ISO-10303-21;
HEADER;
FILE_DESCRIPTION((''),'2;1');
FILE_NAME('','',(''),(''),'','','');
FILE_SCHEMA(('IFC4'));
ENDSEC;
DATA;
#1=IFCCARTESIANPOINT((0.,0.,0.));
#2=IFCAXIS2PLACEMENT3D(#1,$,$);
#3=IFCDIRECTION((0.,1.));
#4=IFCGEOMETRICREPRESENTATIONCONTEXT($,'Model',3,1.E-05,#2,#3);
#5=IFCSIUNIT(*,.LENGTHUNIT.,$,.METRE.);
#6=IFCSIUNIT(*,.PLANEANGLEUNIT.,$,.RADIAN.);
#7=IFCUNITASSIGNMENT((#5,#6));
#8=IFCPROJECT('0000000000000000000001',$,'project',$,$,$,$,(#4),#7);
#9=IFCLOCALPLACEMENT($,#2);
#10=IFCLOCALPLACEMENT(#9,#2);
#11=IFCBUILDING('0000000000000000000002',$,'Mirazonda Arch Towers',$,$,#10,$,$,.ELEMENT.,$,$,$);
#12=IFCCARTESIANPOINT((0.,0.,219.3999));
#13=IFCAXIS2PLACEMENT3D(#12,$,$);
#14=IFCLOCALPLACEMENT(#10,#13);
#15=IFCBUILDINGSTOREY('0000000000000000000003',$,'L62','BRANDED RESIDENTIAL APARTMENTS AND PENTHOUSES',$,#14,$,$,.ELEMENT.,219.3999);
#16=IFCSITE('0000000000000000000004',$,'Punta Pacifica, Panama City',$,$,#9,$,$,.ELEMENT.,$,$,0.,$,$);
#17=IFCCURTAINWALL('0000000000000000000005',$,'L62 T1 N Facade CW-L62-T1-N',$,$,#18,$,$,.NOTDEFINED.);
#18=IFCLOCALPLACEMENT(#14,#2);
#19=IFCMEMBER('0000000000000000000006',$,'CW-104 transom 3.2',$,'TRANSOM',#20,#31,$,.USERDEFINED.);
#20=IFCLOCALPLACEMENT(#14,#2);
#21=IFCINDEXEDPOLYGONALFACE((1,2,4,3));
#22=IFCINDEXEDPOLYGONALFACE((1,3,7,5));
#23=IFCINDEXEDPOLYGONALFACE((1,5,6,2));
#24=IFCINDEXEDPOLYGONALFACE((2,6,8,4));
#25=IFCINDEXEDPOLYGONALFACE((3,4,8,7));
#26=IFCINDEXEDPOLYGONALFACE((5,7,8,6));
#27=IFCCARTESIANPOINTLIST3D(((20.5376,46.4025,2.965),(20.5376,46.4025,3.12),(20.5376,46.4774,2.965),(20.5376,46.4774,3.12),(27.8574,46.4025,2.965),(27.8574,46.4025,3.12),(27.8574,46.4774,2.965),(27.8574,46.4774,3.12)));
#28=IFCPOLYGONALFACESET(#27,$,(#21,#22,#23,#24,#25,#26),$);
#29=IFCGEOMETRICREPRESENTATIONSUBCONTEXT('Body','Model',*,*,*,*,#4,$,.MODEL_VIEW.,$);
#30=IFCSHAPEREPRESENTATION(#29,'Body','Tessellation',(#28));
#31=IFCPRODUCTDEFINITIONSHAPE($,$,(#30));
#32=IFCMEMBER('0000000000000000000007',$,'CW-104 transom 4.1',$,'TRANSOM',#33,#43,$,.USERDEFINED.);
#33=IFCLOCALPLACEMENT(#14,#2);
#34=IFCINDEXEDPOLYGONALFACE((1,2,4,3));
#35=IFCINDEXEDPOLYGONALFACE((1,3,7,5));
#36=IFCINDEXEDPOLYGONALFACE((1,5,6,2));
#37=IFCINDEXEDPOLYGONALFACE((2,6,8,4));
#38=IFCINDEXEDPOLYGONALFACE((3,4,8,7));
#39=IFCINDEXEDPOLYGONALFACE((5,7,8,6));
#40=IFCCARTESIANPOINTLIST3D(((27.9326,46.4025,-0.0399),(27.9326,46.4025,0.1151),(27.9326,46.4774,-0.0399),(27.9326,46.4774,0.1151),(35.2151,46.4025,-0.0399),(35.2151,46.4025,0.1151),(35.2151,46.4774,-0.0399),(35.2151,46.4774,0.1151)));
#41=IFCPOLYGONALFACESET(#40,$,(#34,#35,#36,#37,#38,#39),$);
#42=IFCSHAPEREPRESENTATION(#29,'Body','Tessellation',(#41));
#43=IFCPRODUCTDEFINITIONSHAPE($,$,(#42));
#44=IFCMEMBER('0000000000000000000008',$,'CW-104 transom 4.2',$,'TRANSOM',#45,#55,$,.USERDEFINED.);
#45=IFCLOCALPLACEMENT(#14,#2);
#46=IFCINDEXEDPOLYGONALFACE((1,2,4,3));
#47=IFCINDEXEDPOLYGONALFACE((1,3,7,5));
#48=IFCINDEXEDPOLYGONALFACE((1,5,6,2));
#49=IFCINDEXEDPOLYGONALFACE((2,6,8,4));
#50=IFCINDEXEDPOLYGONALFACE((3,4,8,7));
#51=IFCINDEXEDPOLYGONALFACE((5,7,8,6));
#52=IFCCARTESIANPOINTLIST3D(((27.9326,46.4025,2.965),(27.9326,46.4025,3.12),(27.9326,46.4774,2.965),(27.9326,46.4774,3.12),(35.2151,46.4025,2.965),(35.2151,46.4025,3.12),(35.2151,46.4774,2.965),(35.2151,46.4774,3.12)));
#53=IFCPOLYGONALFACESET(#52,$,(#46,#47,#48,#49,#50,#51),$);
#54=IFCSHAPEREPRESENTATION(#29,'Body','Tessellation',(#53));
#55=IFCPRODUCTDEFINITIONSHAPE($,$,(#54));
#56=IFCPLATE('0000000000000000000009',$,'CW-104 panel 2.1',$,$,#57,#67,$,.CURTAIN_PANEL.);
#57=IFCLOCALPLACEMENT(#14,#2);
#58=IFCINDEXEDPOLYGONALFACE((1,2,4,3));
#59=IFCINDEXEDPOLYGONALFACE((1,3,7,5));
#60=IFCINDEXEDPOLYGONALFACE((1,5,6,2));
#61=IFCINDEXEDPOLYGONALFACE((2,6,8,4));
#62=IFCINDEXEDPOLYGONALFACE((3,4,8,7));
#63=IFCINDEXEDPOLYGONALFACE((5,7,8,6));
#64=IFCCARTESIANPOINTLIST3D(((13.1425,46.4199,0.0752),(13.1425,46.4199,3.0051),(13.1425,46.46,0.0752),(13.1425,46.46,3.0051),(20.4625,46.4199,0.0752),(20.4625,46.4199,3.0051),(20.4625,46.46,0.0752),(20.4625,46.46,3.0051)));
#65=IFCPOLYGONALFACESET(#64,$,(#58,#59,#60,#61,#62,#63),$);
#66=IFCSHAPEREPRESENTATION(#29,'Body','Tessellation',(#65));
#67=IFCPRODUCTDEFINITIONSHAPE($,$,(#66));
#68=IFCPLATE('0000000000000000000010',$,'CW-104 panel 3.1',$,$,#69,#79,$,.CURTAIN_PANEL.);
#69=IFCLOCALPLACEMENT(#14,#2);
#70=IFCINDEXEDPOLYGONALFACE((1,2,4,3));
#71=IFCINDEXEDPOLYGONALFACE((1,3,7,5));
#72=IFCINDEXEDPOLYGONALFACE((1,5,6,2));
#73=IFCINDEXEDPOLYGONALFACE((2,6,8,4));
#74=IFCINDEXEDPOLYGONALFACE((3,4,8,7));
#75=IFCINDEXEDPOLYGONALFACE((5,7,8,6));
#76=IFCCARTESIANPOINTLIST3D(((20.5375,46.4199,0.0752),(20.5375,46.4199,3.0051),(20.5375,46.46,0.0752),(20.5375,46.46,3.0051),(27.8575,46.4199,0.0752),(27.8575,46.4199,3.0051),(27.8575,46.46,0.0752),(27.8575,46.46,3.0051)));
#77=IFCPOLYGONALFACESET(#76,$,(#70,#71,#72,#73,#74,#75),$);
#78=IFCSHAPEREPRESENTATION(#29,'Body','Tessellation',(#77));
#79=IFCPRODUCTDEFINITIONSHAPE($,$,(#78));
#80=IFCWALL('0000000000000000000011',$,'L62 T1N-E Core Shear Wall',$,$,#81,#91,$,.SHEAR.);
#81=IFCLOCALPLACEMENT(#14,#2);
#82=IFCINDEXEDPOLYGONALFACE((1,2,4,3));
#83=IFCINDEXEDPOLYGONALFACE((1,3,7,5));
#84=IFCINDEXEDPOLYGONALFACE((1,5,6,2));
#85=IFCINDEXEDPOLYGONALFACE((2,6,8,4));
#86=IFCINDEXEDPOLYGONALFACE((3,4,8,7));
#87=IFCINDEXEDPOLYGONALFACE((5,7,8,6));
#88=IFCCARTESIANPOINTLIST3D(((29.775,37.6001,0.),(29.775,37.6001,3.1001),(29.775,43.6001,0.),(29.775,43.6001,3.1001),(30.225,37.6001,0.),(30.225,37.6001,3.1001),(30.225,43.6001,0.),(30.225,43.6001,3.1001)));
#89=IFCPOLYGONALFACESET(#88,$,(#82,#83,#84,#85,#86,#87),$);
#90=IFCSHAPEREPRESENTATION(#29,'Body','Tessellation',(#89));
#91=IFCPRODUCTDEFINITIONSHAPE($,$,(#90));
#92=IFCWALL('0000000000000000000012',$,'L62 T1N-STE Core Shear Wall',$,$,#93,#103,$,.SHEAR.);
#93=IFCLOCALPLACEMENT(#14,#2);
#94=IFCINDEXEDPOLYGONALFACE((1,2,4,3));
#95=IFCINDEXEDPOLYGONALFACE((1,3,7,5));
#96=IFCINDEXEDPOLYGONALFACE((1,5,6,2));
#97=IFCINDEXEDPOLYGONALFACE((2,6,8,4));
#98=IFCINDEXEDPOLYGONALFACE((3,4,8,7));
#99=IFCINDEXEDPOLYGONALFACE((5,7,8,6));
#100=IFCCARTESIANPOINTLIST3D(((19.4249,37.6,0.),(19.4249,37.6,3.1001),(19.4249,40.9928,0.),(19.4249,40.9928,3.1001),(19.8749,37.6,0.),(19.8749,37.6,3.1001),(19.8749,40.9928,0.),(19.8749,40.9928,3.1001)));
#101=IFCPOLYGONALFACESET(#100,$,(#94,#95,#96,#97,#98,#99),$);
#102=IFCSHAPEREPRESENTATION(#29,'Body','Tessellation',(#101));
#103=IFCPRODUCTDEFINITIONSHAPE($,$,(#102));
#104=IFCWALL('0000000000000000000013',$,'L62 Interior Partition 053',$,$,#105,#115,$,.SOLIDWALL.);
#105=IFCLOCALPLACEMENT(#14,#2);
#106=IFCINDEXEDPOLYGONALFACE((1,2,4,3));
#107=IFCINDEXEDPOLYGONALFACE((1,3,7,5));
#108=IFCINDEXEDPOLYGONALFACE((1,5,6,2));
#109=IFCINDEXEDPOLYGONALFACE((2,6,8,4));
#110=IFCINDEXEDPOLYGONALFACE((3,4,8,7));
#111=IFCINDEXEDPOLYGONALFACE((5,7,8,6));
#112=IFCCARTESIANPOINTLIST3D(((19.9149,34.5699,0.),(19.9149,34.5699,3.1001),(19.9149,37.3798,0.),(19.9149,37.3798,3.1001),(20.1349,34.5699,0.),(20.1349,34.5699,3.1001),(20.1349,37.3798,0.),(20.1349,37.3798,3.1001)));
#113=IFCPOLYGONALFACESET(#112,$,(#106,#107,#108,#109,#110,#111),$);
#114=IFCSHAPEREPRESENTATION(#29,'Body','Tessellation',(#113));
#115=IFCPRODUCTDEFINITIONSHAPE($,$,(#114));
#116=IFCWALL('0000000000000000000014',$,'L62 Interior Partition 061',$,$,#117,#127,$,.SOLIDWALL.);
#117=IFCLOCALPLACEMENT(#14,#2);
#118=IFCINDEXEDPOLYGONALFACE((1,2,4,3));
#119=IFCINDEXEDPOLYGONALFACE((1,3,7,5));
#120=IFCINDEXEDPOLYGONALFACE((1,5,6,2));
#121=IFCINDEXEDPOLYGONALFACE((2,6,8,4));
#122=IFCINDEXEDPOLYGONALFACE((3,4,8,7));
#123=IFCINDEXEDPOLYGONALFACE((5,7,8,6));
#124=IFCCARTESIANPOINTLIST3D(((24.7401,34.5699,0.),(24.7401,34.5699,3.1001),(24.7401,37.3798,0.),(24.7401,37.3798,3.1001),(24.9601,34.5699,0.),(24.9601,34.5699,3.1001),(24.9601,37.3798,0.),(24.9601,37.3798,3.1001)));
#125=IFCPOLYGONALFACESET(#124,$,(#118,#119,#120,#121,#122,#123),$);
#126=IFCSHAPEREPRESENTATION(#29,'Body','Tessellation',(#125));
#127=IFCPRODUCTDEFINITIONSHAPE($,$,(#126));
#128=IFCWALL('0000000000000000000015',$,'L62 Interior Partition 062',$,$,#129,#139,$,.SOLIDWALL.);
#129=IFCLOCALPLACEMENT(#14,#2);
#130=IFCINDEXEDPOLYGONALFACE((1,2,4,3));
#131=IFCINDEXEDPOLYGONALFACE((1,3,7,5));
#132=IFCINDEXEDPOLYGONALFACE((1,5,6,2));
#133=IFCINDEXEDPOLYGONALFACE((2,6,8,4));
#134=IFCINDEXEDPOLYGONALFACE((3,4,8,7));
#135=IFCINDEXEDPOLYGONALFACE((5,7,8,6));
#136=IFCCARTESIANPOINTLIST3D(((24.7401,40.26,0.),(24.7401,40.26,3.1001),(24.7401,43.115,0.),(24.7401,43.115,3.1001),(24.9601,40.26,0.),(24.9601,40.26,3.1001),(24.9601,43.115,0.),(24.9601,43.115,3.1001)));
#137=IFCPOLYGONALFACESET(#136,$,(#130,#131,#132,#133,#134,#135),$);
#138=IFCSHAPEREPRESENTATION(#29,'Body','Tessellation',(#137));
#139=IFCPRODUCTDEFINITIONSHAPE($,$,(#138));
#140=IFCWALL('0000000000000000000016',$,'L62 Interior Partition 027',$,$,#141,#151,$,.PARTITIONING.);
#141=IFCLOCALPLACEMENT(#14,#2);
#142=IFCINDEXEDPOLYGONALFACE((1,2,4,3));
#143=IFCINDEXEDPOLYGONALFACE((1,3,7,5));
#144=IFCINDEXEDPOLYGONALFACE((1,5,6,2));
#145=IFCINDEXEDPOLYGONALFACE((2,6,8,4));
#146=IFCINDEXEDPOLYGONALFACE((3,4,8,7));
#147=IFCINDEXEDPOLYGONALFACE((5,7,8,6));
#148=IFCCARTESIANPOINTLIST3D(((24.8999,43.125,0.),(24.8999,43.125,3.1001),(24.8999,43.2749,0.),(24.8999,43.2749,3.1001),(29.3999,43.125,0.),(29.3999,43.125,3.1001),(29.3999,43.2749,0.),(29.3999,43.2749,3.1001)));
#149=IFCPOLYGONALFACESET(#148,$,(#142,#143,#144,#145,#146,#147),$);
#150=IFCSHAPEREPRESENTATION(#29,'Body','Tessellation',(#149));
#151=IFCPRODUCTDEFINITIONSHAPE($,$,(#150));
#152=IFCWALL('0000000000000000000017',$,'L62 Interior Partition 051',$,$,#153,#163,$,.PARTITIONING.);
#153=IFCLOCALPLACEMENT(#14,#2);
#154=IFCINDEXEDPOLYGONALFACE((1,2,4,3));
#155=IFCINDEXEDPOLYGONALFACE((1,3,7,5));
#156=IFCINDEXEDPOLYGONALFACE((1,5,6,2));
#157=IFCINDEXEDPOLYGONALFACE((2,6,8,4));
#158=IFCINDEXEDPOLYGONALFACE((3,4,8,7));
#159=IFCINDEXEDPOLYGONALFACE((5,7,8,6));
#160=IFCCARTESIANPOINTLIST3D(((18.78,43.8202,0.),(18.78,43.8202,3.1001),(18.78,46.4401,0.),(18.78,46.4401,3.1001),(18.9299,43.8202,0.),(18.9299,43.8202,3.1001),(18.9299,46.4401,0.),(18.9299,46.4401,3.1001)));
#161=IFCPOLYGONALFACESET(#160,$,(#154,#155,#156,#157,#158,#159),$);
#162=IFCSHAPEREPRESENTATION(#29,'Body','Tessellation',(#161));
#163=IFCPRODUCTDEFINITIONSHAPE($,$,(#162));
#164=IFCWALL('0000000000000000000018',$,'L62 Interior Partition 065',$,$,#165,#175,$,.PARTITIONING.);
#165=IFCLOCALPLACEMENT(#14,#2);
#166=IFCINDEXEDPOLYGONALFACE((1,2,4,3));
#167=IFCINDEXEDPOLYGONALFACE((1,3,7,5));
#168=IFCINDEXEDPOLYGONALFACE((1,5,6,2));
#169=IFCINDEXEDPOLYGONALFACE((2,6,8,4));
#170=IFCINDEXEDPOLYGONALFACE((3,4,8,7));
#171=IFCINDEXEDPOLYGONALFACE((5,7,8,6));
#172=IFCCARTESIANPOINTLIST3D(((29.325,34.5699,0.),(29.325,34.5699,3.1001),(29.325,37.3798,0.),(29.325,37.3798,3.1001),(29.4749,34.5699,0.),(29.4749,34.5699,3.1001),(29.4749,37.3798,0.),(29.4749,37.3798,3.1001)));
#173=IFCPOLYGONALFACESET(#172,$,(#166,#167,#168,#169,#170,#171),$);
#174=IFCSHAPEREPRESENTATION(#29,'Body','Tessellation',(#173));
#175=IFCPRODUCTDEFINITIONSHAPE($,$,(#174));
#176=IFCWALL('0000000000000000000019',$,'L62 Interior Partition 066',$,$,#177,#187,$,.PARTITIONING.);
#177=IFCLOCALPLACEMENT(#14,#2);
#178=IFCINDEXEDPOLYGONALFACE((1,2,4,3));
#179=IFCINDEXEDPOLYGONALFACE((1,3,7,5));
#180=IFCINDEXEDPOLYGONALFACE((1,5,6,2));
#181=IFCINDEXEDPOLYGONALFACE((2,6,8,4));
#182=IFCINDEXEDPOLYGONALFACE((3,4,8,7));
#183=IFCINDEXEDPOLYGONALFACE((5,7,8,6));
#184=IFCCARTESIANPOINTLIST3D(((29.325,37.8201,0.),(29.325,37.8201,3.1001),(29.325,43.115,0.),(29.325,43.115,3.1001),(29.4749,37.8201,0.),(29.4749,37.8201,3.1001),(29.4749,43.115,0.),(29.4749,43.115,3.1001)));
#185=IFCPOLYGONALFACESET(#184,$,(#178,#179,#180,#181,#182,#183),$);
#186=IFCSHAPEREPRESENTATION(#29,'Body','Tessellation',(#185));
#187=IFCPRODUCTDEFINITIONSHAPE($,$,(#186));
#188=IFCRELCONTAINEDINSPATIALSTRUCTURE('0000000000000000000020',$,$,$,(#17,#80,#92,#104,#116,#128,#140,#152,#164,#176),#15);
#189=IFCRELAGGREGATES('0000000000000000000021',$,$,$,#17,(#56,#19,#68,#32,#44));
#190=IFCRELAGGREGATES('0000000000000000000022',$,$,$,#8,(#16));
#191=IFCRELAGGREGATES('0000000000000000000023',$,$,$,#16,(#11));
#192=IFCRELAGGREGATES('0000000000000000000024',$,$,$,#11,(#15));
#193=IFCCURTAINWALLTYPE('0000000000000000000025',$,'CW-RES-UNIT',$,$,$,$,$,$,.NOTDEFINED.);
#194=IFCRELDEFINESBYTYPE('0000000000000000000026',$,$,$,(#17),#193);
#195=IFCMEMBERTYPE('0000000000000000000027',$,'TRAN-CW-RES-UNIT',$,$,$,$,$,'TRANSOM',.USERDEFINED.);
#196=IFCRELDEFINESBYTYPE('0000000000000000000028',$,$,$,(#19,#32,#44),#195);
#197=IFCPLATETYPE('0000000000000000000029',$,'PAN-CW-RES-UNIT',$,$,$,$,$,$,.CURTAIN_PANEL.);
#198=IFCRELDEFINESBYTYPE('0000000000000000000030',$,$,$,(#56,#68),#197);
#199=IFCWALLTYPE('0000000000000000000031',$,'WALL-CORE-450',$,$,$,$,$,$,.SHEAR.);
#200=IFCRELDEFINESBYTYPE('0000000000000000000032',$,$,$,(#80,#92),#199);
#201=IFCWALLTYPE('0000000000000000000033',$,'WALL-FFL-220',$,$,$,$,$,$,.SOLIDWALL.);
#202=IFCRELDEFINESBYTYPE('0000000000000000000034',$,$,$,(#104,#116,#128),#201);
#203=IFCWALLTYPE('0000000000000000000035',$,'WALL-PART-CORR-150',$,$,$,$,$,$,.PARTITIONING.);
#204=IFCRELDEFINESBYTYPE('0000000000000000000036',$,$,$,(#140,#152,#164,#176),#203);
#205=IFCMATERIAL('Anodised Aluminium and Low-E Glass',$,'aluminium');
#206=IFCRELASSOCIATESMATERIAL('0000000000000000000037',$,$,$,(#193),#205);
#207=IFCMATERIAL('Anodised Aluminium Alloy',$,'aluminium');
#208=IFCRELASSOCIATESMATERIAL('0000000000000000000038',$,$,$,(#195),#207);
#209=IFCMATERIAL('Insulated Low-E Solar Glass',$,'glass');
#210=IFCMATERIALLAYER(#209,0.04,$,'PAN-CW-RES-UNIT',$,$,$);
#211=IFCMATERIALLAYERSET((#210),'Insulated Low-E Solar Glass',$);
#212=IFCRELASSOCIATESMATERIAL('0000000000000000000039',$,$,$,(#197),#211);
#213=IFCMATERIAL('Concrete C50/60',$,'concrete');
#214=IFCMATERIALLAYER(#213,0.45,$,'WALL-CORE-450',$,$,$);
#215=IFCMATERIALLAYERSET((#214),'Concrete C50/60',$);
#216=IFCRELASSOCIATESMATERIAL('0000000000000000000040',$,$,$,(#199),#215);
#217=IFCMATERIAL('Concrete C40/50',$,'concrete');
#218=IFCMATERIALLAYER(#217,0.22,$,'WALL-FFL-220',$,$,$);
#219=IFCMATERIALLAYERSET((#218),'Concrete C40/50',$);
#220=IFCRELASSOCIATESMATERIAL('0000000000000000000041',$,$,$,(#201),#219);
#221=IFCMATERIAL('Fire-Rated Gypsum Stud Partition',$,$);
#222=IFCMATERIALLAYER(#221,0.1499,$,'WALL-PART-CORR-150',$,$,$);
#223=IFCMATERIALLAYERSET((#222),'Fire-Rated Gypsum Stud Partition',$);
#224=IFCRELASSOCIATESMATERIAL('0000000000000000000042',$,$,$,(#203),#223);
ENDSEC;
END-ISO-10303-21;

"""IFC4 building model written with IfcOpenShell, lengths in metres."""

from ifc_helpers import new_model, si_unit, direction, frame, frame_2d, origin, origin_2d, place, context, subcontext, project, spatial, rectangle, extrude, material, layer, layer_set, material_profile, profile_set, type_object, element, aggregate, save


model = new_model("IFC4")

# Units and contexts
model_context = context("Model", 3, precision=1e-05, world=origin(), true_north=direction((0.0, 1.0)))
body_context = subcontext(model_context, "Body", "Model", "MODEL_VIEW")
ifc_project = project(units=[si_unit("LENGTHUNIT", "METRE"), si_unit("PLANEANGLEUNIT", "RADIAN")], contexts=[model_context])

# Site, building, storey
site_placement = place(None, origin())
site = spatial("IfcSite", under=ifc_project, at=site_placement, Name="Punta Pacifica, Panama City", CompositionType="ELEMENT", RefElevation=0.0)
building_placement = place(site_placement, origin())
building = spatial("IfcBuilding", under=site, at=building_placement, Name="Mirazonda Arch Towers", CompositionType="ELEMENT")
storey_placement = place(building_placement, frame((0.0, 0.0, 219.3999)))
storey = spatial("IfcBuildingStorey", under=building, at=storey_placement, Name="L62", Description="BRANDED RESIDENTIAL APARTMENTS AND PENTHOUSES", CompositionType="ELEMENT", Elevation=219.3999)

# Shared definitions
ifc_material_1 = material(Name="Concrete C50/60", Category="concrete")

# Curtain wall, members, plates
ifc_material_2 = material(Name="Anodised Aluminium and Low-E Glass", Category="aluminium")
curtain_wall_type = type_object("IfcCurtainWallType", Name="CW-RES-UNIT", PredefinedType="NOTDEFINED", material=ifc_material_2)
curtain_wall_placement = place(storey_placement, origin())
curtain_wall = element("IfcCurtainWall", 1, at=curtain_wall_placement, inside=storey, type_object=curtain_wall_type, Name="L62 T1 N Facade CW-L62-T1-N", PredefinedType="NOTDEFINED")
ifc_material_3 = material(Name="Anodised Aluminium Alloy", Category="aluminium")
ifc_material_profile_1 = material_profile(ifc_material_3, rectangle(XDim=0.075, YDim=0.155, at=origin_2d()), Name="ALU-TRAN-75x155")
ifc_profile_set_1 = profile_set([ifc_material_profile_1], Name="Anodised Aluminium Alloy")
member_type_1 = type_object("IfcMemberType", Name="TRAN-CW-RES-UNIT", ElementType="TRANSOM", PredefinedType="USERDEFINED", material=ifc_profile_set_1)
member_1_placement = place(storey_placement, frame((20.5376, 46.4399, 3.0425), z_axis=(1.0, 0.0, 0.0), x_axis=(0.0, 1.0, 0.0)))
member_1 = element("IfcMember", 2, at=member_1_placement, type_object=member_type_1, Name="CW-104 transom 3.2", ObjectType="TRANSOM", PredefinedType="USERDEFINED", context=body_context, shape_type="SweptSolid", body=[
    extrude(rectangle(XDim=0.075, YDim=0.155, at=origin_2d()), origin(), (0.0, 0.0, 1.0), 7.3198),
])
member_2_placement = place(storey_placement, frame((27.9326, 46.4399, 0.0376), z_axis=(1.0, 0.0, 0.0), x_axis=(0.0, 1.0, 0.0)))
member_2 = element("IfcMember", 3, at=member_2_placement, type_object=member_type_1, Name="CW-104 transom 4.1", ObjectType="TRANSOM", PredefinedType="USERDEFINED", context=body_context, shape_type="SweptSolid", body=[
    extrude(rectangle(XDim=0.075, YDim=0.155, at=origin_2d()), origin(), (0.0, 0.0, 1.0), 7.2825),
])
member_3_placement = place(storey_placement, frame((27.9326, 46.4399, 3.0425), z_axis=(1.0, 0.0, 0.0), x_axis=(0.0, 1.0, 0.0)))
member_3 = element("IfcMember", 4, at=member_3_placement, type_object=member_type_1, Name="CW-104 transom 4.2", ObjectType="TRANSOM", PredefinedType="USERDEFINED", context=body_context, shape_type="SweptSolid", body=[
    extrude(rectangle(XDim=0.075, YDim=0.155, at=origin_2d()), origin(), (0.0, 0.0, 1.0), 7.2825),
])
ifc_material_4 = material(Name="Insulated Low-E Solar Glass", Category="glass")
ifc_layer_1 = layer(ifc_material_4, 0.04, Name="PAN-CW-RES-UNIT")
ifc_layer_set_1 = layer_set([ifc_layer_1], Name="Insulated Low-E Solar Glass")
plate_type = type_object("IfcPlateType", Name="PAN-CW-RES-UNIT", PredefinedType="CURTAIN_PANEL", material=ifc_layer_set_1)
plate_1_placement = place(storey_placement, frame((16.8025, 46.4399, 0.0752), z_axis=(0.0, 0.0, 1.0), x_axis=(1.0, 0.0, 0.0)))
plate_1 = element("IfcPlate", 5, at=plate_1_placement, type_object=plate_type, Name="CW-104 panel 2.1", PredefinedType="CURTAIN_PANEL", context=body_context, shape_type="SweptSolid", body=[
    extrude(rectangle(XDim=7.3201, YDim=0.04, at=origin_2d()), origin(), (0.0, 0.0, 1.0), 2.9299),
])
plate_2_placement = place(storey_placement, frame((24.1975, 46.4399, 0.0752), z_axis=(0.0, 0.0, 1.0), x_axis=(1.0, 0.0, 0.0)))
plate_2 = element("IfcPlate", 6, at=plate_2_placement, type_object=plate_type, Name="CW-104 panel 3.1", PredefinedType="CURTAIN_PANEL", context=body_context, shape_type="SweptSolid", body=[
    extrude(rectangle(XDim=7.3201, YDim=0.04, at=origin_2d()), origin(), (0.0, 0.0, 1.0), 2.9299),
])
aggregate(curtain_wall, [plate_1, member_1, plate_2, member_2, member_3])

# Walls
ifc_layer_2 = layer(ifc_material_1, 0.45, Name="WALL-CORE-450")
ifc_layer_set_2 = layer_set([ifc_layer_2], Name="Concrete C50/60")
wall_type_1 = type_object("IfcWallType", Name="WALL-CORE-450", PredefinedType="SHEAR", material=ifc_layer_set_2)
wall_1_placement = place(storey_placement, frame((30.0, 37.6001, 0.0), z_axis=(0.0, 0.0, 1.0), x_axis=(0.0, 1.0, 0.0)))
element("IfcWall", 7, at=wall_1_placement, inside=storey, type_object=wall_type_1, Name="L62 T1N-E Core Shear Wall", PredefinedType="SHEAR", context=body_context, shape_type="SweptSolid", body=[
    extrude(rectangle(XDim=6.0, YDim=0.45, at=frame_2d((3.0, 0.0))), origin(), (0.0, 0.0, 1.0), 3.1001),
])
wall_2_placement = place(storey_placement, frame((19.6499, 37.6001, 0.0), z_axis=(0.0, 0.0, 1.0), x_axis=(0.0, 1.0, 0.0)))
element("IfcWall", 8, at=wall_2_placement, inside=storey, type_object=wall_type_1, Name="L62 T1N-STE Core Shear Wall", PredefinedType="SHEAR", context=body_context, shape_type="SweptSolid", body=[
    extrude(rectangle(XDim=3.3928, YDim=0.45, at=frame_2d((1.6963, 0.0))), origin(), (0.0, 0.0, 1.0), 3.1001),
])
ifc_material_5 = material(Name="Concrete C40/50", Category="concrete")
ifc_layer_3 = layer(ifc_material_5, 0.22, Name="WALL-FFL-220")
ifc_layer_set_3 = layer_set([ifc_layer_3], Name="Concrete C40/50")
wall_type_2 = type_object("IfcWallType", Name="WALL-FFL-220", PredefinedType="SOLIDWALL", material=ifc_layer_set_3)
for number, where, z_axis, x_axis, name in (
    (9, (20.0249, 34.5701, 0.0), (0.0, 0.0, 1.0), (0.0, 1.0, 0.0), "L62 Interior Partition 053"),
    (10, (24.8501, 34.5701, 0.0), (0.0, 0.0, 1.0), (0.0, 1.0, 0.0), "L62 Interior Partition 061"),
):
    element("IfcWall", number, at=place(storey_placement, frame(where, z_axis=z_axis, x_axis=x_axis)), inside=storey, type_object=wall_type_2, Name=name, PredefinedType="SOLIDWALL", context=body_context, shape_type="SweptSolid", body=[
        extrude(rectangle(XDim=2.8098, YDim=0.22, at=frame_2d((1.4048, 0.0))), origin(), (0.0, 0.0, 1.0), 3.1001),
    ])
wall_3_placement = place(storey_placement, frame((24.8501, 40.26, 0.0), z_axis=(0.0, 0.0, 1.0), x_axis=(0.0, 1.0, 0.0)))
element("IfcWall", 11, at=wall_3_placement, inside=storey, type_object=wall_type_2, Name="L62 Interior Partition 062", PredefinedType="SOLIDWALL", context=body_context, shape_type="SweptSolid", body=[
    extrude(rectangle(XDim=2.855, YDim=0.22, at=frame_2d((1.4275, 0.0))), origin(), (0.0, 0.0, 1.0), 3.1001),
])
ifc_material_6 = material(Name="Fire-Rated Gypsum Stud Partition")
ifc_layer_4 = layer(ifc_material_6, 0.1499, Name="WALL-PART-CORR-150")
ifc_layer_set_4 = layer_set([ifc_layer_4], Name="Fire-Rated Gypsum Stud Partition")
wall_type_3 = type_object("IfcWallType", Name="WALL-PART-CORR-150", PredefinedType="PARTITIONING", material=ifc_layer_set_4)
wall_4_placement = place(storey_placement, frame((24.8999, 43.2, 0.0), z_axis=(0.0, 0.0, 1.0), x_axis=(1.0, 0.0, 0.0)))
element("IfcWall", 12, at=wall_4_placement, inside=storey, type_object=wall_type_3, Name="L62 Interior Partition 027", PredefinedType="PARTITIONING", context=body_context, shape_type="SweptSolid", body=[
    extrude(rectangle(XDim=4.5, YDim=0.1499, at=frame_2d((2.25, 0.0))), origin(), (0.0, 0.0, 1.0), 3.1001),
])
wall_5_placement = place(storey_placement, frame((18.855, 43.8201, 0.0), z_axis=(0.0, 0.0, 1.0), x_axis=(0.0, 1.0, 0.0)))
element("IfcWall", 13, at=wall_5_placement, inside=storey, type_object=wall_type_3, Name="L62 Interior Partition 051", PredefinedType="PARTITIONING", context=body_context, shape_type="SweptSolid", body=[
    extrude(rectangle(XDim=2.6199, YDim=0.1499, at=frame_2d((1.3101, 0.0))), origin(), (0.0, 0.0, 1.0), 3.1001),
])
wall_6_placement = place(storey_placement, frame((29.3999, 34.5701, 0.0), z_axis=(0.0, 0.0, 1.0), x_axis=(0.0, 1.0, 0.0)))
element("IfcWall", 14, at=wall_6_placement, inside=storey, type_object=wall_type_3, Name="L62 Interior Partition 065", PredefinedType="PARTITIONING", context=body_context, shape_type="SweptSolid", body=[
    extrude(rectangle(XDim=2.8098, YDim=0.1499, at=frame_2d((1.4048, 0.0))), origin(), (0.0, 0.0, 1.0), 3.1001),
])
wall_7_placement = place(storey_placement, frame((29.3999, 37.8201, 0.0), z_axis=(0.0, 0.0, 1.0), x_axis=(0.0, 1.0, 0.0)))
element("IfcWall", 15, at=wall_7_placement, inside=storey, type_object=wall_type_3, Name="L62 Interior Partition 066", PredefinedType="PARTITIONING", context=body_context, shape_type="SweptSolid", body=[
    extrude(rectangle(XDim=5.2949, YDim=0.1499, at=frame_2d((2.6475, 0.0))), origin(), (0.0, 0.0, 1.0), 3.1001),
])

save(model, "model.ifc")
